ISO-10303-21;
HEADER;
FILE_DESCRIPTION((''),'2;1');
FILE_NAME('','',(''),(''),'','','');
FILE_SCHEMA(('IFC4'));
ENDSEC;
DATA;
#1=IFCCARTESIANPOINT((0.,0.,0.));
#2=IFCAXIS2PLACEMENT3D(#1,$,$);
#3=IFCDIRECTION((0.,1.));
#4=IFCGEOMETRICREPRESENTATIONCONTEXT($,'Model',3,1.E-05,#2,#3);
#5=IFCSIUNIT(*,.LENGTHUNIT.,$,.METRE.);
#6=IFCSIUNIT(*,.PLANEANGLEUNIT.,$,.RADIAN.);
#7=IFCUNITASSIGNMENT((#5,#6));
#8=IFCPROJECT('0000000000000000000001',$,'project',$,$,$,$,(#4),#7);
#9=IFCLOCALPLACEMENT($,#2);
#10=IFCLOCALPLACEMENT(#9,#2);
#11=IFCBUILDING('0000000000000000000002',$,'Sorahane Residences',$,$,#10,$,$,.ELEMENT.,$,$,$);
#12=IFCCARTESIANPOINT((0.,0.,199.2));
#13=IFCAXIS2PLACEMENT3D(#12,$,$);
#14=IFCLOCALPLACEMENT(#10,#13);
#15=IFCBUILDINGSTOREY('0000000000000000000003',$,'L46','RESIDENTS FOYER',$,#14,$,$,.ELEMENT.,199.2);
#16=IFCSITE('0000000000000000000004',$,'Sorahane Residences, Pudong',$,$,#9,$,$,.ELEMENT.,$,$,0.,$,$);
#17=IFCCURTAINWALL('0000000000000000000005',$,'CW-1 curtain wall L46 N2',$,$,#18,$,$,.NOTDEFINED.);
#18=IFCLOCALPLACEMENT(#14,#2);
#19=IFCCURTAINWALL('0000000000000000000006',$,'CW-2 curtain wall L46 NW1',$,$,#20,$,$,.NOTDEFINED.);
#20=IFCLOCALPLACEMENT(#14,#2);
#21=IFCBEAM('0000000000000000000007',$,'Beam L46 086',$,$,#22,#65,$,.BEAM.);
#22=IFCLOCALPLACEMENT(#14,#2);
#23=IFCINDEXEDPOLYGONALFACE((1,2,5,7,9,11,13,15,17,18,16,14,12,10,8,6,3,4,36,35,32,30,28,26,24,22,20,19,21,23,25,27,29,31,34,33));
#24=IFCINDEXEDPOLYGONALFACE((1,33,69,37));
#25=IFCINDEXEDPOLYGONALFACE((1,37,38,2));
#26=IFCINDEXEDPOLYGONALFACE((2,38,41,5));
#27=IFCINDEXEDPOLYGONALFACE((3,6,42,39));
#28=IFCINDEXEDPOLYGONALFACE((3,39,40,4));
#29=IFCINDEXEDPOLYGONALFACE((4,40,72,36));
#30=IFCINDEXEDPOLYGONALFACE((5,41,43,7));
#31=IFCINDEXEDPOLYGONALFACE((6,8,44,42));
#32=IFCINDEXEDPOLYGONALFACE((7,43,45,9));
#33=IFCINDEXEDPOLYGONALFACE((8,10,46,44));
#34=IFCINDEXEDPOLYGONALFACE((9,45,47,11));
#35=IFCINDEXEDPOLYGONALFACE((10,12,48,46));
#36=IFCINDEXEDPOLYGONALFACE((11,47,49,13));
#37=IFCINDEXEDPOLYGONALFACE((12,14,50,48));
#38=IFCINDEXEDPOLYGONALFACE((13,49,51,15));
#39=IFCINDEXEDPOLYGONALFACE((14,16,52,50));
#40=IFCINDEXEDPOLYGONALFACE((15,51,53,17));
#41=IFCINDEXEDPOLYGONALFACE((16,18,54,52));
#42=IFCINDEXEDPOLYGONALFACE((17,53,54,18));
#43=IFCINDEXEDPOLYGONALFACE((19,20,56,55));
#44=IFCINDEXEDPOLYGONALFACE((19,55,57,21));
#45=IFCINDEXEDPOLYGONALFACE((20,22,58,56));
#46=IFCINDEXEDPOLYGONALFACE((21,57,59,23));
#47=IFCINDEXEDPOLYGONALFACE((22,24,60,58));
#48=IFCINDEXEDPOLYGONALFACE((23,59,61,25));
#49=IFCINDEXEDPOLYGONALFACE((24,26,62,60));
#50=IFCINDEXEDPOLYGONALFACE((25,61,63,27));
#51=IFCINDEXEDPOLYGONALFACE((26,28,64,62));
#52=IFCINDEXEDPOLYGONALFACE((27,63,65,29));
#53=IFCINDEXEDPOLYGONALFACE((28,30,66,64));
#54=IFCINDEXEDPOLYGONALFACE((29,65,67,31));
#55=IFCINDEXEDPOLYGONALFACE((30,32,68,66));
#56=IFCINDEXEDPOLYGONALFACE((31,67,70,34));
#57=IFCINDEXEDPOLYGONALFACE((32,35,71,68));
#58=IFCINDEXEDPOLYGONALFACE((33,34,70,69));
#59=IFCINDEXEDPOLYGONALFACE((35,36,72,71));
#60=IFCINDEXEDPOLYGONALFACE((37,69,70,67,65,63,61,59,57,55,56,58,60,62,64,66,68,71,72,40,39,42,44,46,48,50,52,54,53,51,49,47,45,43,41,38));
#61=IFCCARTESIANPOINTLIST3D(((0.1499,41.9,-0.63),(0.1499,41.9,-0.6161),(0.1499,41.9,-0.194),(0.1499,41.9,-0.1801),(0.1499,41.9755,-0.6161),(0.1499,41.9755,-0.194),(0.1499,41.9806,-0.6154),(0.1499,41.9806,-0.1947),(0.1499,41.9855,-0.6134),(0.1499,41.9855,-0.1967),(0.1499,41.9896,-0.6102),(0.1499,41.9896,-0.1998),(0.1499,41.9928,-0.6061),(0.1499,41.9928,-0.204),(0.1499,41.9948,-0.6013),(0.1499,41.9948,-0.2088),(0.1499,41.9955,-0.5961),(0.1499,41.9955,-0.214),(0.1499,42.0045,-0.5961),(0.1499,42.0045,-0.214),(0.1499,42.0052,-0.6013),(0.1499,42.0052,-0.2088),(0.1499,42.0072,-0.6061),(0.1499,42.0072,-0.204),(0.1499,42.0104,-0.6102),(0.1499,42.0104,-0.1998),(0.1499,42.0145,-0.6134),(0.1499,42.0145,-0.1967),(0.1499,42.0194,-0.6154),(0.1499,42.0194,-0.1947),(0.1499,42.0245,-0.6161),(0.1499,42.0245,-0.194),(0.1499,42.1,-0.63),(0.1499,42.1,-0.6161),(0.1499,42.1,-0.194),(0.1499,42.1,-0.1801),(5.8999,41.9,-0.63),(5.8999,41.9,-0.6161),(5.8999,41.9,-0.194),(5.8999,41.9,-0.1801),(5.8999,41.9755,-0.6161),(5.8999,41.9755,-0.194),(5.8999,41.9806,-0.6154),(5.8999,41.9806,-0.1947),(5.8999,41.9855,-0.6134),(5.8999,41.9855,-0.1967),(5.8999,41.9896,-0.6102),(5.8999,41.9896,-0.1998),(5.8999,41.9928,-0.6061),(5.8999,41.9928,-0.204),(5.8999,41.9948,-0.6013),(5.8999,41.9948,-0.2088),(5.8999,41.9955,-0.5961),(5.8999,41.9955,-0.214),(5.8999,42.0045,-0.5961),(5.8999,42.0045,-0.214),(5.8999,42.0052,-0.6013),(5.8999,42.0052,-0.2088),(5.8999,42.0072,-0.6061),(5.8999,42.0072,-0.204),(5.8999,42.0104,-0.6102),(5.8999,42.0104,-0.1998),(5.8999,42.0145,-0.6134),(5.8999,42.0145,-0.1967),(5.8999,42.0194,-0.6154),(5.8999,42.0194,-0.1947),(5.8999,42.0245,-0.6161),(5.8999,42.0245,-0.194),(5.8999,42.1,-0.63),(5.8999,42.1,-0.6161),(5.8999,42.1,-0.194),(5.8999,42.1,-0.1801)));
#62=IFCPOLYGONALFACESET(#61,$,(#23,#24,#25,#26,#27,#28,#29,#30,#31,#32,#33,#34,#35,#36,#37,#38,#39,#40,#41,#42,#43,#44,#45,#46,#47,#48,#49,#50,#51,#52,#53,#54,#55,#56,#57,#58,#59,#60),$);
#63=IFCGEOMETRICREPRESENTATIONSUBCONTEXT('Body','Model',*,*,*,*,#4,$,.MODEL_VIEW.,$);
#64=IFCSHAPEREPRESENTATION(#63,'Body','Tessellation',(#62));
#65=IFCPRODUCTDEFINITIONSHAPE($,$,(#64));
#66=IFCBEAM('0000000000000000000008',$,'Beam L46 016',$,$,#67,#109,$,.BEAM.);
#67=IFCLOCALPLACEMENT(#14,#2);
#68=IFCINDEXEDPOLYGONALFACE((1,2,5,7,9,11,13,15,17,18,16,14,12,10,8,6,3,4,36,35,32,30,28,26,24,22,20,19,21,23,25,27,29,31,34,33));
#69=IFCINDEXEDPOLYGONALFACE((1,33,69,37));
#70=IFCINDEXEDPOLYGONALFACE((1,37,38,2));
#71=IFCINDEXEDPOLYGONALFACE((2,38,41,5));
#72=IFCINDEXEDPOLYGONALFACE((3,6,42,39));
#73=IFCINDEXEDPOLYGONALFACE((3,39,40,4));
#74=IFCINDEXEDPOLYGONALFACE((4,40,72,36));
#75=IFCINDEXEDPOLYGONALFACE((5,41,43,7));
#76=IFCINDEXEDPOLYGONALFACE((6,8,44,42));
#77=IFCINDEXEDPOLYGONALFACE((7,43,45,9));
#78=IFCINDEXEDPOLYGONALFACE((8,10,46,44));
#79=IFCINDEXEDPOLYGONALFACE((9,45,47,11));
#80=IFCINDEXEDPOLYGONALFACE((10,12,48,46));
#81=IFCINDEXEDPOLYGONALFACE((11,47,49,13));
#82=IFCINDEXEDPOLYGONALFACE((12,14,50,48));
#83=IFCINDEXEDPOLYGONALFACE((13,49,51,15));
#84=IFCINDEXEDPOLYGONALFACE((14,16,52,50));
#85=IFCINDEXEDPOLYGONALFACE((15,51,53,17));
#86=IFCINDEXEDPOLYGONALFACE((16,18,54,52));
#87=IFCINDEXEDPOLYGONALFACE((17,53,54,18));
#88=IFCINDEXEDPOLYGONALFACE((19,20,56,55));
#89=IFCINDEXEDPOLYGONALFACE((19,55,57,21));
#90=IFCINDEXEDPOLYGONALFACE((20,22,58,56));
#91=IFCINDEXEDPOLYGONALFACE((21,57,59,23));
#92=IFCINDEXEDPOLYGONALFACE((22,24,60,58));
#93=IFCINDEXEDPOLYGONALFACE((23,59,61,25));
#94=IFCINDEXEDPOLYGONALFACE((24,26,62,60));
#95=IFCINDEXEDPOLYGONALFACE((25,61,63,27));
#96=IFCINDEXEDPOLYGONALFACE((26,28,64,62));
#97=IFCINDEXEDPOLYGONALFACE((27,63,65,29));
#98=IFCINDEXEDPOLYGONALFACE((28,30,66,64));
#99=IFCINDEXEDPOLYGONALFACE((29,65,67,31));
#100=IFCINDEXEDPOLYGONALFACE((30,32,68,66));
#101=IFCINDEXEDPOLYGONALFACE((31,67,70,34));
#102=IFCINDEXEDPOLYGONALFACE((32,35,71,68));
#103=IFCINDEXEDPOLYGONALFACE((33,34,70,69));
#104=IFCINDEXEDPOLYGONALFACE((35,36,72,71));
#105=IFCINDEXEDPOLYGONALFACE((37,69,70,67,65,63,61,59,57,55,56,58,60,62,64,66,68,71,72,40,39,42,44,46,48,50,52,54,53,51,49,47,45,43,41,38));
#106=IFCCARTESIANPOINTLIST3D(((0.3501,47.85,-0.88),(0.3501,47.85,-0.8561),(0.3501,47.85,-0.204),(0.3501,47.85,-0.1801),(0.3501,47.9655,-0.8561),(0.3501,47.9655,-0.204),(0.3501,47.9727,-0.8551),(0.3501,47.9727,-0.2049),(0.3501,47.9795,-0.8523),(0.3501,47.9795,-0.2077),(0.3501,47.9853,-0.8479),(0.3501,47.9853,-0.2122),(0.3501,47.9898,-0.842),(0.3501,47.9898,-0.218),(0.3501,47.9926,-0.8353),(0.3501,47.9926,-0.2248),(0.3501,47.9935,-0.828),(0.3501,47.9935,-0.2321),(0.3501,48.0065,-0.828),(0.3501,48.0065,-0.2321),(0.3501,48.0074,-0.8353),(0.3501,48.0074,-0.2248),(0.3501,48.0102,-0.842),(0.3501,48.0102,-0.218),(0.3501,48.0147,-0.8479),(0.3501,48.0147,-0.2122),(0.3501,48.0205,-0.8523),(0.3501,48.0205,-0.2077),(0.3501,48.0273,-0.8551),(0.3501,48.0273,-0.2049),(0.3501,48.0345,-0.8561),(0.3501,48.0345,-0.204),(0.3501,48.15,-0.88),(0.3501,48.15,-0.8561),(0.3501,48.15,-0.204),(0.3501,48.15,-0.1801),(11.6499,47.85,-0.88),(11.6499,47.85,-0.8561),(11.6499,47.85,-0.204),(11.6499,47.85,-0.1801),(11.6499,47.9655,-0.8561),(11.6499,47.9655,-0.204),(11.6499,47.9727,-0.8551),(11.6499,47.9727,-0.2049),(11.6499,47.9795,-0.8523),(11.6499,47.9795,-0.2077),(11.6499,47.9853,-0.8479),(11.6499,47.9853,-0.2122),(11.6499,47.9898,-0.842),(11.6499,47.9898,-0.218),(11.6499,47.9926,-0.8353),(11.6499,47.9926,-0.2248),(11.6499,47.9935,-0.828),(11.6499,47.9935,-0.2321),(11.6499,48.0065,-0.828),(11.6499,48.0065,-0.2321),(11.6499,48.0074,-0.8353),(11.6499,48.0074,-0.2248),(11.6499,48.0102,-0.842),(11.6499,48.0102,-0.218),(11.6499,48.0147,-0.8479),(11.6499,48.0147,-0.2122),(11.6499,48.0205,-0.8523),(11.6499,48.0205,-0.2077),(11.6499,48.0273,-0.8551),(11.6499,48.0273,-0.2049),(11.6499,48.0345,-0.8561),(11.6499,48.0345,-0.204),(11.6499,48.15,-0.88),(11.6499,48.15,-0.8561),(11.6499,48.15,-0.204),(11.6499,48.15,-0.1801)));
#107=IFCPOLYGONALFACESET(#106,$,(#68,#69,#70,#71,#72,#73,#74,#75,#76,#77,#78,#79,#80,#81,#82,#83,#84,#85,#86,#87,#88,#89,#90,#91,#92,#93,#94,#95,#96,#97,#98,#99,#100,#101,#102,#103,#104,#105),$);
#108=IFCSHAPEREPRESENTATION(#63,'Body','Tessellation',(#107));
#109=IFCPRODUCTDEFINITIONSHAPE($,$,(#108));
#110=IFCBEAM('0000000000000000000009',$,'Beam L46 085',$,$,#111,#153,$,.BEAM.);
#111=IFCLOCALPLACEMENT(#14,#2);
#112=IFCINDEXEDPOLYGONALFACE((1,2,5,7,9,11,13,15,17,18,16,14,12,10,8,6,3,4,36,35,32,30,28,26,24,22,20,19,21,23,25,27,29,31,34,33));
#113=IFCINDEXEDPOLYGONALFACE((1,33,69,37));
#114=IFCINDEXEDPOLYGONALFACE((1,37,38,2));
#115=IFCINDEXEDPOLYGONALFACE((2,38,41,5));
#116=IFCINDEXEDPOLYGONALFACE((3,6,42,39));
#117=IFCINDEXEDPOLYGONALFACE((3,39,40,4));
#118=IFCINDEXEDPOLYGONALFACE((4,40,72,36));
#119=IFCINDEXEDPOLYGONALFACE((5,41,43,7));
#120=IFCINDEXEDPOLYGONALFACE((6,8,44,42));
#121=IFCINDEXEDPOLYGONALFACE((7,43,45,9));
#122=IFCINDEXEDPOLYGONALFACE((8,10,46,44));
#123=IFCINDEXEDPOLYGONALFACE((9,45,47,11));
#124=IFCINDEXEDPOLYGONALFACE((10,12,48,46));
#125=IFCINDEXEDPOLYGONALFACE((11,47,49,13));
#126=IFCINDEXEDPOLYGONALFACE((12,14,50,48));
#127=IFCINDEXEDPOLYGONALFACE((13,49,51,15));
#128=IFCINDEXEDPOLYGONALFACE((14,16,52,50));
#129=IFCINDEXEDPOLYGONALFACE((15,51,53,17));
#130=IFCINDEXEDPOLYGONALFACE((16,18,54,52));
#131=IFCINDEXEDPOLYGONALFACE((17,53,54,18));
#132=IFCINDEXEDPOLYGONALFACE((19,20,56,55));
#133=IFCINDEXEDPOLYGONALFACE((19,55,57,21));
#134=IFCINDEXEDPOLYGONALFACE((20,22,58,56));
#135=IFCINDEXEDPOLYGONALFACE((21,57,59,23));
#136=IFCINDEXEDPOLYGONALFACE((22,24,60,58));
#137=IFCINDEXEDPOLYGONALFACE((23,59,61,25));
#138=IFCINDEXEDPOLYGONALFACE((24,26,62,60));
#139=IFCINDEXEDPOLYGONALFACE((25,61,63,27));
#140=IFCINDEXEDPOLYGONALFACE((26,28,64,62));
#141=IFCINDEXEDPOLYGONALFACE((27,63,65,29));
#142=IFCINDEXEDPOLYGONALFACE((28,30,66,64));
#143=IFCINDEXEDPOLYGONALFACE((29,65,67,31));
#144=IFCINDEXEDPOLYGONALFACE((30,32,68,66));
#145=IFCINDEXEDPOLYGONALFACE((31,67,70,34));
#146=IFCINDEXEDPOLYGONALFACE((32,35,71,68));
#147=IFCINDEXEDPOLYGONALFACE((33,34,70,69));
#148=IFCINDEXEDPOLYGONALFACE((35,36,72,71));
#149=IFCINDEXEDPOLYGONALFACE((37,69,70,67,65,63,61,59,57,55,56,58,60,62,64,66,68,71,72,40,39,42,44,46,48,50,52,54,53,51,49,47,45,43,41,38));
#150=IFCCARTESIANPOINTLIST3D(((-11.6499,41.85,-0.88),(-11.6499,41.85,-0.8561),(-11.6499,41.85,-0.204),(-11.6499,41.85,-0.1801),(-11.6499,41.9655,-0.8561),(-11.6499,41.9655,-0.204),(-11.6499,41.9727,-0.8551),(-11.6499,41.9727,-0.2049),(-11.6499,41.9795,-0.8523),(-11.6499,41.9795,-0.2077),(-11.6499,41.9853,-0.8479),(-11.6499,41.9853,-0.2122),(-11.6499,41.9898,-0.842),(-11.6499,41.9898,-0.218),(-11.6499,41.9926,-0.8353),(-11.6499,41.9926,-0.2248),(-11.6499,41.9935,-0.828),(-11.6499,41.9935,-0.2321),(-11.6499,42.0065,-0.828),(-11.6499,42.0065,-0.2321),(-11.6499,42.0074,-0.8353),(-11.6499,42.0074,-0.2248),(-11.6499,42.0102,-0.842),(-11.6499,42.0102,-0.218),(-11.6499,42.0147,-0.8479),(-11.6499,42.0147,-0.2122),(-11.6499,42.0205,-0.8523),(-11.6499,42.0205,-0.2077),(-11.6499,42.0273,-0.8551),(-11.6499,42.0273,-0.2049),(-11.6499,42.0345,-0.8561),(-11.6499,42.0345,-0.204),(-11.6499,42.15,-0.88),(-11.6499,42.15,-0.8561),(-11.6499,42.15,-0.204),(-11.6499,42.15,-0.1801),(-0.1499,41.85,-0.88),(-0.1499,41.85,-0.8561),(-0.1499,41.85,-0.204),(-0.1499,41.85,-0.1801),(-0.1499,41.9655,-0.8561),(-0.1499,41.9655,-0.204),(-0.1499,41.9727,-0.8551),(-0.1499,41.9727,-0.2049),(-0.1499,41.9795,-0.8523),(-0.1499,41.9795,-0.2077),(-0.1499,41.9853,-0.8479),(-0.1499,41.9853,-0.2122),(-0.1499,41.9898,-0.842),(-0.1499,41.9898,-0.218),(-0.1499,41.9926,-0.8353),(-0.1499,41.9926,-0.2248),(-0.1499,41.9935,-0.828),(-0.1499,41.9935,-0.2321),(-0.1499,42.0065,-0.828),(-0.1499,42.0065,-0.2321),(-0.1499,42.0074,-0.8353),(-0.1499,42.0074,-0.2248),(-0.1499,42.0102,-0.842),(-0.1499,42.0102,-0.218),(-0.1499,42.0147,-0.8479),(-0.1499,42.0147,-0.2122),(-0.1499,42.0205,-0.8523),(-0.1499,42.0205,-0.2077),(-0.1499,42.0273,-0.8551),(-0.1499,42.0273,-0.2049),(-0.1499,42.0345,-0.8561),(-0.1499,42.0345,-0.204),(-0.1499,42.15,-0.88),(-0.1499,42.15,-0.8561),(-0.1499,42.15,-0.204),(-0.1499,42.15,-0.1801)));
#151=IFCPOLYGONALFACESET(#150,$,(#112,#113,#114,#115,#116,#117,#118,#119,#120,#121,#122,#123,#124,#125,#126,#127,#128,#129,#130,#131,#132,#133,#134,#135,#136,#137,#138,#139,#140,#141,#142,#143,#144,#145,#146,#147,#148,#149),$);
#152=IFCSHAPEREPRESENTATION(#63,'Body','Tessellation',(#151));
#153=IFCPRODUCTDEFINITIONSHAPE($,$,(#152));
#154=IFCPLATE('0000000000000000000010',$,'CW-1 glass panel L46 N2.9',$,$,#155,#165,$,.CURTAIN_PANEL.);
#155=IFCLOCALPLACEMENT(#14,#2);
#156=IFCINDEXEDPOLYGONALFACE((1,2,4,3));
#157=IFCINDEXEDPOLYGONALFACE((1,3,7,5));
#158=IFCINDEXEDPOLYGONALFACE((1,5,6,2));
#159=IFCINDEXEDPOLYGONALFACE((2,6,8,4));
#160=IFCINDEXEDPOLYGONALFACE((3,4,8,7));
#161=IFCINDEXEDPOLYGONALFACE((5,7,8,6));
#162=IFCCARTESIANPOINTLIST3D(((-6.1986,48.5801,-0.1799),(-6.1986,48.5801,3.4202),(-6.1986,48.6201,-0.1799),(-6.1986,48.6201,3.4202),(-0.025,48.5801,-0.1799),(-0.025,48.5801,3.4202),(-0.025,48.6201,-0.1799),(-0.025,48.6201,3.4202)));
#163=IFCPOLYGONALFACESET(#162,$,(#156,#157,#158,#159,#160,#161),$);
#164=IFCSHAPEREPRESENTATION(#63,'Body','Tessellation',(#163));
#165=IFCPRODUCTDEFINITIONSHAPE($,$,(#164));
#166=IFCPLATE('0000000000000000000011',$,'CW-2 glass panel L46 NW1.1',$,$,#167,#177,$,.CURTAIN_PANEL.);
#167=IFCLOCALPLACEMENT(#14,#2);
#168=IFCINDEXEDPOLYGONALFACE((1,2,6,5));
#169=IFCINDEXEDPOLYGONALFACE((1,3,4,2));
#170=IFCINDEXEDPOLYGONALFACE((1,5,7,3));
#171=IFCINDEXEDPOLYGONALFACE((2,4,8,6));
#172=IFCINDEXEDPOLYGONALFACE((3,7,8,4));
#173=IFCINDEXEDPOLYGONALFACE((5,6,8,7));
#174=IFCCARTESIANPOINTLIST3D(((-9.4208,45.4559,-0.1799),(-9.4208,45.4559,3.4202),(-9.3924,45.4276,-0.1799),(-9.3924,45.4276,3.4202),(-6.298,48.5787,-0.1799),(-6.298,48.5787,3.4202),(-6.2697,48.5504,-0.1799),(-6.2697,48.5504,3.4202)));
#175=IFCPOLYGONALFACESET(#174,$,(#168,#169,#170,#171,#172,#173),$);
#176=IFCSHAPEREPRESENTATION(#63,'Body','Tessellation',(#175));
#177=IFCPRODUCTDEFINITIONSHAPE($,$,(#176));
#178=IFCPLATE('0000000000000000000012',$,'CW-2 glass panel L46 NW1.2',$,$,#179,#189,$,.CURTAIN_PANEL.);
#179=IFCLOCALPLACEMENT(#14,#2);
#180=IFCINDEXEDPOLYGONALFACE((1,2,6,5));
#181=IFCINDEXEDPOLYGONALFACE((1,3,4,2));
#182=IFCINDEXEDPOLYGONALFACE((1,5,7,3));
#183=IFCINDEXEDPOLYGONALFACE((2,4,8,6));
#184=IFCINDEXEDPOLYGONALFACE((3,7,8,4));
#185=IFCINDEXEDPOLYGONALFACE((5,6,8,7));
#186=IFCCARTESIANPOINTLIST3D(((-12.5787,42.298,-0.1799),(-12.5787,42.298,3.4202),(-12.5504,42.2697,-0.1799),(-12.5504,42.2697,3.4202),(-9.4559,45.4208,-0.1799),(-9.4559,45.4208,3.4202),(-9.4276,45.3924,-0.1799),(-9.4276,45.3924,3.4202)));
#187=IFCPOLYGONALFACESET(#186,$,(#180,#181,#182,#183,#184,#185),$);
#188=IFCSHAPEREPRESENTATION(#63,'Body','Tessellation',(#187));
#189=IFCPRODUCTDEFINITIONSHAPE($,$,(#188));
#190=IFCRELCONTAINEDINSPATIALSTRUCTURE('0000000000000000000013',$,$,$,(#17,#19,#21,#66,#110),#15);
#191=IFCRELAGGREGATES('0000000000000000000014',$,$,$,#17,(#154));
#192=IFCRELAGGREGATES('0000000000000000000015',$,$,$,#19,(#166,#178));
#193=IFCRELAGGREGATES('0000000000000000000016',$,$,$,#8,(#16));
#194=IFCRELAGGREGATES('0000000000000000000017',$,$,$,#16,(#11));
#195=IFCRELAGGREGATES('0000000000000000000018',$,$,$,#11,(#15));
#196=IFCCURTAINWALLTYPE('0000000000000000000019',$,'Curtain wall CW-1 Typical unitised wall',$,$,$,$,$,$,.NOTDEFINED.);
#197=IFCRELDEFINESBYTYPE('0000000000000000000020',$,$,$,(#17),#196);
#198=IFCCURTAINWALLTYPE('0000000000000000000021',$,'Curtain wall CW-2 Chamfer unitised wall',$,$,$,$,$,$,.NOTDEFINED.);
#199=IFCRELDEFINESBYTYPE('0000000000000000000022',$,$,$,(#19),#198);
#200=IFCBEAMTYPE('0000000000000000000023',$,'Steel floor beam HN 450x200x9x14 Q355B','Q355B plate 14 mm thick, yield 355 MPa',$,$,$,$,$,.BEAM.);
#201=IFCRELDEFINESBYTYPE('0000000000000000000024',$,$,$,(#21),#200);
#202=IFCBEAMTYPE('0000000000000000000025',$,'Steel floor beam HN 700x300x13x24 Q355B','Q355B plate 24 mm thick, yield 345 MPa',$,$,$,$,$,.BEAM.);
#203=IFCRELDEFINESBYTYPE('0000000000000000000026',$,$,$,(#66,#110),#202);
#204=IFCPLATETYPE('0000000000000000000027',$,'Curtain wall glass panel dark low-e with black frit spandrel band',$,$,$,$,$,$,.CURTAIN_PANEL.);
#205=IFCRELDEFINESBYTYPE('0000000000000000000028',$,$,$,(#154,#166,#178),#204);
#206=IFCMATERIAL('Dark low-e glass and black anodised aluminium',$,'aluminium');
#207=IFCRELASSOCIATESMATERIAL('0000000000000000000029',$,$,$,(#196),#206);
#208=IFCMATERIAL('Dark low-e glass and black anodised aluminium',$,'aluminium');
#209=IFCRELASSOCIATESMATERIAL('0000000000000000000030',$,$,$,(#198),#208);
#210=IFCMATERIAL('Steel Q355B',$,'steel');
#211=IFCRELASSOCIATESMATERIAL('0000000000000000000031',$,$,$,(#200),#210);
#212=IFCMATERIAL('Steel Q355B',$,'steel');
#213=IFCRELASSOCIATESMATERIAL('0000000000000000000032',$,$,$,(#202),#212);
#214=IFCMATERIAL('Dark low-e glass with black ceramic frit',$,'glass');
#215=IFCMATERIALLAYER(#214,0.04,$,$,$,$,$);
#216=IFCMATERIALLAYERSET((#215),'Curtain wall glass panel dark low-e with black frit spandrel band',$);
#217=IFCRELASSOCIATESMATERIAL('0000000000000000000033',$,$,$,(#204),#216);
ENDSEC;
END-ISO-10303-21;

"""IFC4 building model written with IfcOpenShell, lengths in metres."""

from ifc_helpers import new_model, si_unit, direction, frame, origin, origin_2d, place, context, subcontext, project, spatial, rectangle, i_section, extrude, material, layer, layer_set, material_profile, profile_set, type_object, element, aggregate, save


model = new_model("IFC4")

# Units and contexts
model_context = context("Model", 3, precision=1e-05, world=origin(), true_north=direction((0.0, 1.0)))
body_context = subcontext(model_context, "Body", "Model", "MODEL_VIEW")
ifc_project = project(units=[si_unit("LENGTHUNIT", "METRE"), si_unit("PLANEANGLEUNIT", "RADIAN")], contexts=[model_context])

# Site, building, storey
site_placement = place(None, origin())
site = spatial("IfcSite", under=ifc_project, at=site_placement, Name="Sorahane Residences, Pudong", CompositionType="ELEMENT", RefElevation=0.0)
building_placement = place(site_placement, origin())
building = spatial("IfcBuilding", under=site, at=building_placement, Name="Sorahane Residences", CompositionType="ELEMENT")
storey_placement = place(building_placement, frame((0.0, 0.0, 199.2)))
storey = spatial("IfcBuildingStorey", under=building, at=storey_placement, Name="L46", Description="RESIDENTS FOYER", CompositionType="ELEMENT", Elevation=199.2)

# Curtain walls
ifc_material_1 = material(Name="Dark low-e glass and black anodised aluminium", Category="aluminium")
curtain_wall_type_1 = type_object("IfcCurtainWallType", Name="Curtain wall CW-1 Typical unitised wall", PredefinedType="NOTDEFINED", material=ifc_material_1)
curtain_wall_1_placement = place(storey_placement, origin())
curtain_wall_1 = element("IfcCurtainWall", 1, at=curtain_wall_1_placement, inside=storey, type_object=curtain_wall_type_1, Name="CW-1 curtain wall L46 N2", PredefinedType="NOTDEFINED")
ifc_material_2 = material(Name="Dark low-e glass and black anodised aluminium", Category="aluminium")
curtain_wall_type_2 = type_object("IfcCurtainWallType", Name="Curtain wall CW-2 Chamfer unitised wall", PredefinedType="NOTDEFINED", material=ifc_material_2)
curtain_wall_2_placement = place(storey_placement, origin())
curtain_wall_2 = element("IfcCurtainWall", 2, at=curtain_wall_2_placement, inside=storey, type_object=curtain_wall_type_2, Name="CW-2 curtain wall L46 NW1", PredefinedType="NOTDEFINED")

# Beams
ifc_material_3 = material(Name="Steel Q355B", Category="steel")
ifc_material_profile_1 = material_profile(ifc_material_3, i_section(OverallWidth=0.2, OverallDepth=0.45, WebThickness=0.009, FlangeThickness=0.0139, FilletRadius=0.02, at=origin_2d()), Name="HN 450x200x9x14")
ifc_profile_set_1 = profile_set([ifc_material_profile_1], Name="Steel Q355B")
beam_type_1 = type_object("IfcBeamType", Name="Steel floor beam HN 450x200x9x14 Q355B", Description="Q355B plate 14 mm thick, yield 355 MPa", PredefinedType="BEAM", material=ifc_profile_set_1)
beam_1_placement = place(storey_placement, frame((0.1499, 42.0, -0.405), z_axis=(1.0, 0.0, 0.0), x_axis=(0.0, 1.0, 0.0)))
element("IfcBeam", 3, at=beam_1_placement, inside=storey, type_object=beam_type_1, Name="Beam L46 086", PredefinedType="BEAM", context=body_context, shape_type="SweptSolid", body=[
    extrude(i_section(OverallWidth=0.2, OverallDepth=0.45, WebThickness=0.009, FlangeThickness=0.0139, FilletRadius=0.02, at=origin_2d()), origin(), (0.0, 0.0, 1.0), 5.75),
])
ifc_material_4 = material(Name="Steel Q355B", Category="steel")
ifc_material_profile_2 = material_profile(ifc_material_4, i_section(OverallWidth=0.3, OverallDepth=0.7, WebThickness=0.0129, FlangeThickness=0.0239, FilletRadius=0.0281, at=origin_2d()), Name="HN 700x300x13x24")
ifc_profile_set_2 = profile_set([ifc_material_profile_2], Name="Steel Q355B")
beam_type_2 = type_object("IfcBeamType", Name="Steel floor beam HN 700x300x13x24 Q355B", Description="Q355B plate 24 mm thick, yield 345 MPa", PredefinedType="BEAM", material=ifc_profile_set_2)
beam_2_placement = place(storey_placement, frame((0.3501, 48.0, -0.53), z_axis=(1.0, 0.0, 0.0), x_axis=(0.0, 1.0, 0.0)))
element("IfcBeam", 4, at=beam_2_placement, inside=storey, type_object=beam_type_2, Name="Beam L46 016", PredefinedType="BEAM", context=body_context, shape_type="SweptSolid", body=[
    extrude(i_section(OverallWidth=0.3, OverallDepth=0.7, WebThickness=0.0129, FlangeThickness=0.0239, FilletRadius=0.0281, at=origin_2d()), origin(), (0.0, 0.0, 1.0), 11.2998),
])
beam_3_placement = place(storey_placement, frame((-11.6499, 42.0, -0.53), z_axis=(1.0, 0.0, 0.0), x_axis=(0.0, 1.0, 0.0)))
element("IfcBeam", 5, at=beam_3_placement, inside=storey, type_object=beam_type_2, Name="Beam L46 085", PredefinedType="BEAM", context=body_context, shape_type="SweptSolid", body=[
    extrude(i_section(OverallWidth=0.3, OverallDepth=0.7, WebThickness=0.0129, FlangeThickness=0.0239, FilletRadius=0.0281, at=origin_2d()), origin(), (0.0, 0.0, 1.0), 11.5),
])

# Plates
ifc_material_5 = material(Name="Dark low-e glass with black ceramic frit", Category="glass")
ifc_layer_1 = layer(ifc_material_5, 0.04)
ifc_layer_set_1 = layer_set([ifc_layer_1], Name="Curtain wall glass panel dark low-e with black frit spandrel band")
plate_type = type_object("IfcPlateType", Name="Curtain wall glass panel dark low-e with black frit spandrel band", PredefinedType="CURTAIN_PANEL", material=ifc_layer_set_1)
plate_1_placement = place(storey_placement, frame((-3.1118, 48.6001, -0.1799), z_axis=(0.0, 0.0, 1.0), x_axis=(-1.0, 0.0, 0.0)))
plate_1 = element("IfcPlate", 6, at=plate_1_placement, type_object=plate_type, Name="CW-1 glass panel L46 N2.9", PredefinedType="CURTAIN_PANEL", context=body_context, shape_type="SweptSolid", body=[
    extrude(rectangle(XDim=6.1736, YDim=0.04, at=origin_2d()), origin(), (0.0, 0.0, 1.0), 3.6001),
])
aggregate(curtain_wall_1, [plate_1])
plate_2_placement = place(storey_placement, frame((-7.8452, 47.0032, -0.1799), z_axis=(0.0, 0.0, 1.0), x_axis=(-0.707107, -0.707107, 0.0)))
plate_2 = element("IfcPlate", 7, at=plate_2_placement, type_object=plate_type, Name="CW-2 glass panel L46 NW1.1", PredefinedType="CURTAIN_PANEL", context=body_context, shape_type="SweptSolid", body=[
    extrude(rectangle(XDim=4.4163, YDim=0.04, at=origin_2d()), origin(), (0.0, 0.0, 1.0), 3.6001),
])
plate_3_placement = place(storey_placement, frame((-11.0032, 43.8452, -0.1799), z_axis=(0.0, 0.0, 1.0), x_axis=(-0.707107, -0.707107, 0.0)))
plate_3 = element("IfcPlate", 8, at=plate_3_placement, type_object=plate_type, Name="CW-2 glass panel L46 NW1.2", PredefinedType="CURTAIN_PANEL", context=body_context, shape_type="SweptSolid", body=[
    extrude(rectangle(XDim=4.4163, YDim=0.04, at=origin_2d()), origin(), (0.0, 0.0, 1.0), 3.6001),
])
aggregate(curtain_wall_2, [plate_2, plate_3])

save(model, "model.ifc")
